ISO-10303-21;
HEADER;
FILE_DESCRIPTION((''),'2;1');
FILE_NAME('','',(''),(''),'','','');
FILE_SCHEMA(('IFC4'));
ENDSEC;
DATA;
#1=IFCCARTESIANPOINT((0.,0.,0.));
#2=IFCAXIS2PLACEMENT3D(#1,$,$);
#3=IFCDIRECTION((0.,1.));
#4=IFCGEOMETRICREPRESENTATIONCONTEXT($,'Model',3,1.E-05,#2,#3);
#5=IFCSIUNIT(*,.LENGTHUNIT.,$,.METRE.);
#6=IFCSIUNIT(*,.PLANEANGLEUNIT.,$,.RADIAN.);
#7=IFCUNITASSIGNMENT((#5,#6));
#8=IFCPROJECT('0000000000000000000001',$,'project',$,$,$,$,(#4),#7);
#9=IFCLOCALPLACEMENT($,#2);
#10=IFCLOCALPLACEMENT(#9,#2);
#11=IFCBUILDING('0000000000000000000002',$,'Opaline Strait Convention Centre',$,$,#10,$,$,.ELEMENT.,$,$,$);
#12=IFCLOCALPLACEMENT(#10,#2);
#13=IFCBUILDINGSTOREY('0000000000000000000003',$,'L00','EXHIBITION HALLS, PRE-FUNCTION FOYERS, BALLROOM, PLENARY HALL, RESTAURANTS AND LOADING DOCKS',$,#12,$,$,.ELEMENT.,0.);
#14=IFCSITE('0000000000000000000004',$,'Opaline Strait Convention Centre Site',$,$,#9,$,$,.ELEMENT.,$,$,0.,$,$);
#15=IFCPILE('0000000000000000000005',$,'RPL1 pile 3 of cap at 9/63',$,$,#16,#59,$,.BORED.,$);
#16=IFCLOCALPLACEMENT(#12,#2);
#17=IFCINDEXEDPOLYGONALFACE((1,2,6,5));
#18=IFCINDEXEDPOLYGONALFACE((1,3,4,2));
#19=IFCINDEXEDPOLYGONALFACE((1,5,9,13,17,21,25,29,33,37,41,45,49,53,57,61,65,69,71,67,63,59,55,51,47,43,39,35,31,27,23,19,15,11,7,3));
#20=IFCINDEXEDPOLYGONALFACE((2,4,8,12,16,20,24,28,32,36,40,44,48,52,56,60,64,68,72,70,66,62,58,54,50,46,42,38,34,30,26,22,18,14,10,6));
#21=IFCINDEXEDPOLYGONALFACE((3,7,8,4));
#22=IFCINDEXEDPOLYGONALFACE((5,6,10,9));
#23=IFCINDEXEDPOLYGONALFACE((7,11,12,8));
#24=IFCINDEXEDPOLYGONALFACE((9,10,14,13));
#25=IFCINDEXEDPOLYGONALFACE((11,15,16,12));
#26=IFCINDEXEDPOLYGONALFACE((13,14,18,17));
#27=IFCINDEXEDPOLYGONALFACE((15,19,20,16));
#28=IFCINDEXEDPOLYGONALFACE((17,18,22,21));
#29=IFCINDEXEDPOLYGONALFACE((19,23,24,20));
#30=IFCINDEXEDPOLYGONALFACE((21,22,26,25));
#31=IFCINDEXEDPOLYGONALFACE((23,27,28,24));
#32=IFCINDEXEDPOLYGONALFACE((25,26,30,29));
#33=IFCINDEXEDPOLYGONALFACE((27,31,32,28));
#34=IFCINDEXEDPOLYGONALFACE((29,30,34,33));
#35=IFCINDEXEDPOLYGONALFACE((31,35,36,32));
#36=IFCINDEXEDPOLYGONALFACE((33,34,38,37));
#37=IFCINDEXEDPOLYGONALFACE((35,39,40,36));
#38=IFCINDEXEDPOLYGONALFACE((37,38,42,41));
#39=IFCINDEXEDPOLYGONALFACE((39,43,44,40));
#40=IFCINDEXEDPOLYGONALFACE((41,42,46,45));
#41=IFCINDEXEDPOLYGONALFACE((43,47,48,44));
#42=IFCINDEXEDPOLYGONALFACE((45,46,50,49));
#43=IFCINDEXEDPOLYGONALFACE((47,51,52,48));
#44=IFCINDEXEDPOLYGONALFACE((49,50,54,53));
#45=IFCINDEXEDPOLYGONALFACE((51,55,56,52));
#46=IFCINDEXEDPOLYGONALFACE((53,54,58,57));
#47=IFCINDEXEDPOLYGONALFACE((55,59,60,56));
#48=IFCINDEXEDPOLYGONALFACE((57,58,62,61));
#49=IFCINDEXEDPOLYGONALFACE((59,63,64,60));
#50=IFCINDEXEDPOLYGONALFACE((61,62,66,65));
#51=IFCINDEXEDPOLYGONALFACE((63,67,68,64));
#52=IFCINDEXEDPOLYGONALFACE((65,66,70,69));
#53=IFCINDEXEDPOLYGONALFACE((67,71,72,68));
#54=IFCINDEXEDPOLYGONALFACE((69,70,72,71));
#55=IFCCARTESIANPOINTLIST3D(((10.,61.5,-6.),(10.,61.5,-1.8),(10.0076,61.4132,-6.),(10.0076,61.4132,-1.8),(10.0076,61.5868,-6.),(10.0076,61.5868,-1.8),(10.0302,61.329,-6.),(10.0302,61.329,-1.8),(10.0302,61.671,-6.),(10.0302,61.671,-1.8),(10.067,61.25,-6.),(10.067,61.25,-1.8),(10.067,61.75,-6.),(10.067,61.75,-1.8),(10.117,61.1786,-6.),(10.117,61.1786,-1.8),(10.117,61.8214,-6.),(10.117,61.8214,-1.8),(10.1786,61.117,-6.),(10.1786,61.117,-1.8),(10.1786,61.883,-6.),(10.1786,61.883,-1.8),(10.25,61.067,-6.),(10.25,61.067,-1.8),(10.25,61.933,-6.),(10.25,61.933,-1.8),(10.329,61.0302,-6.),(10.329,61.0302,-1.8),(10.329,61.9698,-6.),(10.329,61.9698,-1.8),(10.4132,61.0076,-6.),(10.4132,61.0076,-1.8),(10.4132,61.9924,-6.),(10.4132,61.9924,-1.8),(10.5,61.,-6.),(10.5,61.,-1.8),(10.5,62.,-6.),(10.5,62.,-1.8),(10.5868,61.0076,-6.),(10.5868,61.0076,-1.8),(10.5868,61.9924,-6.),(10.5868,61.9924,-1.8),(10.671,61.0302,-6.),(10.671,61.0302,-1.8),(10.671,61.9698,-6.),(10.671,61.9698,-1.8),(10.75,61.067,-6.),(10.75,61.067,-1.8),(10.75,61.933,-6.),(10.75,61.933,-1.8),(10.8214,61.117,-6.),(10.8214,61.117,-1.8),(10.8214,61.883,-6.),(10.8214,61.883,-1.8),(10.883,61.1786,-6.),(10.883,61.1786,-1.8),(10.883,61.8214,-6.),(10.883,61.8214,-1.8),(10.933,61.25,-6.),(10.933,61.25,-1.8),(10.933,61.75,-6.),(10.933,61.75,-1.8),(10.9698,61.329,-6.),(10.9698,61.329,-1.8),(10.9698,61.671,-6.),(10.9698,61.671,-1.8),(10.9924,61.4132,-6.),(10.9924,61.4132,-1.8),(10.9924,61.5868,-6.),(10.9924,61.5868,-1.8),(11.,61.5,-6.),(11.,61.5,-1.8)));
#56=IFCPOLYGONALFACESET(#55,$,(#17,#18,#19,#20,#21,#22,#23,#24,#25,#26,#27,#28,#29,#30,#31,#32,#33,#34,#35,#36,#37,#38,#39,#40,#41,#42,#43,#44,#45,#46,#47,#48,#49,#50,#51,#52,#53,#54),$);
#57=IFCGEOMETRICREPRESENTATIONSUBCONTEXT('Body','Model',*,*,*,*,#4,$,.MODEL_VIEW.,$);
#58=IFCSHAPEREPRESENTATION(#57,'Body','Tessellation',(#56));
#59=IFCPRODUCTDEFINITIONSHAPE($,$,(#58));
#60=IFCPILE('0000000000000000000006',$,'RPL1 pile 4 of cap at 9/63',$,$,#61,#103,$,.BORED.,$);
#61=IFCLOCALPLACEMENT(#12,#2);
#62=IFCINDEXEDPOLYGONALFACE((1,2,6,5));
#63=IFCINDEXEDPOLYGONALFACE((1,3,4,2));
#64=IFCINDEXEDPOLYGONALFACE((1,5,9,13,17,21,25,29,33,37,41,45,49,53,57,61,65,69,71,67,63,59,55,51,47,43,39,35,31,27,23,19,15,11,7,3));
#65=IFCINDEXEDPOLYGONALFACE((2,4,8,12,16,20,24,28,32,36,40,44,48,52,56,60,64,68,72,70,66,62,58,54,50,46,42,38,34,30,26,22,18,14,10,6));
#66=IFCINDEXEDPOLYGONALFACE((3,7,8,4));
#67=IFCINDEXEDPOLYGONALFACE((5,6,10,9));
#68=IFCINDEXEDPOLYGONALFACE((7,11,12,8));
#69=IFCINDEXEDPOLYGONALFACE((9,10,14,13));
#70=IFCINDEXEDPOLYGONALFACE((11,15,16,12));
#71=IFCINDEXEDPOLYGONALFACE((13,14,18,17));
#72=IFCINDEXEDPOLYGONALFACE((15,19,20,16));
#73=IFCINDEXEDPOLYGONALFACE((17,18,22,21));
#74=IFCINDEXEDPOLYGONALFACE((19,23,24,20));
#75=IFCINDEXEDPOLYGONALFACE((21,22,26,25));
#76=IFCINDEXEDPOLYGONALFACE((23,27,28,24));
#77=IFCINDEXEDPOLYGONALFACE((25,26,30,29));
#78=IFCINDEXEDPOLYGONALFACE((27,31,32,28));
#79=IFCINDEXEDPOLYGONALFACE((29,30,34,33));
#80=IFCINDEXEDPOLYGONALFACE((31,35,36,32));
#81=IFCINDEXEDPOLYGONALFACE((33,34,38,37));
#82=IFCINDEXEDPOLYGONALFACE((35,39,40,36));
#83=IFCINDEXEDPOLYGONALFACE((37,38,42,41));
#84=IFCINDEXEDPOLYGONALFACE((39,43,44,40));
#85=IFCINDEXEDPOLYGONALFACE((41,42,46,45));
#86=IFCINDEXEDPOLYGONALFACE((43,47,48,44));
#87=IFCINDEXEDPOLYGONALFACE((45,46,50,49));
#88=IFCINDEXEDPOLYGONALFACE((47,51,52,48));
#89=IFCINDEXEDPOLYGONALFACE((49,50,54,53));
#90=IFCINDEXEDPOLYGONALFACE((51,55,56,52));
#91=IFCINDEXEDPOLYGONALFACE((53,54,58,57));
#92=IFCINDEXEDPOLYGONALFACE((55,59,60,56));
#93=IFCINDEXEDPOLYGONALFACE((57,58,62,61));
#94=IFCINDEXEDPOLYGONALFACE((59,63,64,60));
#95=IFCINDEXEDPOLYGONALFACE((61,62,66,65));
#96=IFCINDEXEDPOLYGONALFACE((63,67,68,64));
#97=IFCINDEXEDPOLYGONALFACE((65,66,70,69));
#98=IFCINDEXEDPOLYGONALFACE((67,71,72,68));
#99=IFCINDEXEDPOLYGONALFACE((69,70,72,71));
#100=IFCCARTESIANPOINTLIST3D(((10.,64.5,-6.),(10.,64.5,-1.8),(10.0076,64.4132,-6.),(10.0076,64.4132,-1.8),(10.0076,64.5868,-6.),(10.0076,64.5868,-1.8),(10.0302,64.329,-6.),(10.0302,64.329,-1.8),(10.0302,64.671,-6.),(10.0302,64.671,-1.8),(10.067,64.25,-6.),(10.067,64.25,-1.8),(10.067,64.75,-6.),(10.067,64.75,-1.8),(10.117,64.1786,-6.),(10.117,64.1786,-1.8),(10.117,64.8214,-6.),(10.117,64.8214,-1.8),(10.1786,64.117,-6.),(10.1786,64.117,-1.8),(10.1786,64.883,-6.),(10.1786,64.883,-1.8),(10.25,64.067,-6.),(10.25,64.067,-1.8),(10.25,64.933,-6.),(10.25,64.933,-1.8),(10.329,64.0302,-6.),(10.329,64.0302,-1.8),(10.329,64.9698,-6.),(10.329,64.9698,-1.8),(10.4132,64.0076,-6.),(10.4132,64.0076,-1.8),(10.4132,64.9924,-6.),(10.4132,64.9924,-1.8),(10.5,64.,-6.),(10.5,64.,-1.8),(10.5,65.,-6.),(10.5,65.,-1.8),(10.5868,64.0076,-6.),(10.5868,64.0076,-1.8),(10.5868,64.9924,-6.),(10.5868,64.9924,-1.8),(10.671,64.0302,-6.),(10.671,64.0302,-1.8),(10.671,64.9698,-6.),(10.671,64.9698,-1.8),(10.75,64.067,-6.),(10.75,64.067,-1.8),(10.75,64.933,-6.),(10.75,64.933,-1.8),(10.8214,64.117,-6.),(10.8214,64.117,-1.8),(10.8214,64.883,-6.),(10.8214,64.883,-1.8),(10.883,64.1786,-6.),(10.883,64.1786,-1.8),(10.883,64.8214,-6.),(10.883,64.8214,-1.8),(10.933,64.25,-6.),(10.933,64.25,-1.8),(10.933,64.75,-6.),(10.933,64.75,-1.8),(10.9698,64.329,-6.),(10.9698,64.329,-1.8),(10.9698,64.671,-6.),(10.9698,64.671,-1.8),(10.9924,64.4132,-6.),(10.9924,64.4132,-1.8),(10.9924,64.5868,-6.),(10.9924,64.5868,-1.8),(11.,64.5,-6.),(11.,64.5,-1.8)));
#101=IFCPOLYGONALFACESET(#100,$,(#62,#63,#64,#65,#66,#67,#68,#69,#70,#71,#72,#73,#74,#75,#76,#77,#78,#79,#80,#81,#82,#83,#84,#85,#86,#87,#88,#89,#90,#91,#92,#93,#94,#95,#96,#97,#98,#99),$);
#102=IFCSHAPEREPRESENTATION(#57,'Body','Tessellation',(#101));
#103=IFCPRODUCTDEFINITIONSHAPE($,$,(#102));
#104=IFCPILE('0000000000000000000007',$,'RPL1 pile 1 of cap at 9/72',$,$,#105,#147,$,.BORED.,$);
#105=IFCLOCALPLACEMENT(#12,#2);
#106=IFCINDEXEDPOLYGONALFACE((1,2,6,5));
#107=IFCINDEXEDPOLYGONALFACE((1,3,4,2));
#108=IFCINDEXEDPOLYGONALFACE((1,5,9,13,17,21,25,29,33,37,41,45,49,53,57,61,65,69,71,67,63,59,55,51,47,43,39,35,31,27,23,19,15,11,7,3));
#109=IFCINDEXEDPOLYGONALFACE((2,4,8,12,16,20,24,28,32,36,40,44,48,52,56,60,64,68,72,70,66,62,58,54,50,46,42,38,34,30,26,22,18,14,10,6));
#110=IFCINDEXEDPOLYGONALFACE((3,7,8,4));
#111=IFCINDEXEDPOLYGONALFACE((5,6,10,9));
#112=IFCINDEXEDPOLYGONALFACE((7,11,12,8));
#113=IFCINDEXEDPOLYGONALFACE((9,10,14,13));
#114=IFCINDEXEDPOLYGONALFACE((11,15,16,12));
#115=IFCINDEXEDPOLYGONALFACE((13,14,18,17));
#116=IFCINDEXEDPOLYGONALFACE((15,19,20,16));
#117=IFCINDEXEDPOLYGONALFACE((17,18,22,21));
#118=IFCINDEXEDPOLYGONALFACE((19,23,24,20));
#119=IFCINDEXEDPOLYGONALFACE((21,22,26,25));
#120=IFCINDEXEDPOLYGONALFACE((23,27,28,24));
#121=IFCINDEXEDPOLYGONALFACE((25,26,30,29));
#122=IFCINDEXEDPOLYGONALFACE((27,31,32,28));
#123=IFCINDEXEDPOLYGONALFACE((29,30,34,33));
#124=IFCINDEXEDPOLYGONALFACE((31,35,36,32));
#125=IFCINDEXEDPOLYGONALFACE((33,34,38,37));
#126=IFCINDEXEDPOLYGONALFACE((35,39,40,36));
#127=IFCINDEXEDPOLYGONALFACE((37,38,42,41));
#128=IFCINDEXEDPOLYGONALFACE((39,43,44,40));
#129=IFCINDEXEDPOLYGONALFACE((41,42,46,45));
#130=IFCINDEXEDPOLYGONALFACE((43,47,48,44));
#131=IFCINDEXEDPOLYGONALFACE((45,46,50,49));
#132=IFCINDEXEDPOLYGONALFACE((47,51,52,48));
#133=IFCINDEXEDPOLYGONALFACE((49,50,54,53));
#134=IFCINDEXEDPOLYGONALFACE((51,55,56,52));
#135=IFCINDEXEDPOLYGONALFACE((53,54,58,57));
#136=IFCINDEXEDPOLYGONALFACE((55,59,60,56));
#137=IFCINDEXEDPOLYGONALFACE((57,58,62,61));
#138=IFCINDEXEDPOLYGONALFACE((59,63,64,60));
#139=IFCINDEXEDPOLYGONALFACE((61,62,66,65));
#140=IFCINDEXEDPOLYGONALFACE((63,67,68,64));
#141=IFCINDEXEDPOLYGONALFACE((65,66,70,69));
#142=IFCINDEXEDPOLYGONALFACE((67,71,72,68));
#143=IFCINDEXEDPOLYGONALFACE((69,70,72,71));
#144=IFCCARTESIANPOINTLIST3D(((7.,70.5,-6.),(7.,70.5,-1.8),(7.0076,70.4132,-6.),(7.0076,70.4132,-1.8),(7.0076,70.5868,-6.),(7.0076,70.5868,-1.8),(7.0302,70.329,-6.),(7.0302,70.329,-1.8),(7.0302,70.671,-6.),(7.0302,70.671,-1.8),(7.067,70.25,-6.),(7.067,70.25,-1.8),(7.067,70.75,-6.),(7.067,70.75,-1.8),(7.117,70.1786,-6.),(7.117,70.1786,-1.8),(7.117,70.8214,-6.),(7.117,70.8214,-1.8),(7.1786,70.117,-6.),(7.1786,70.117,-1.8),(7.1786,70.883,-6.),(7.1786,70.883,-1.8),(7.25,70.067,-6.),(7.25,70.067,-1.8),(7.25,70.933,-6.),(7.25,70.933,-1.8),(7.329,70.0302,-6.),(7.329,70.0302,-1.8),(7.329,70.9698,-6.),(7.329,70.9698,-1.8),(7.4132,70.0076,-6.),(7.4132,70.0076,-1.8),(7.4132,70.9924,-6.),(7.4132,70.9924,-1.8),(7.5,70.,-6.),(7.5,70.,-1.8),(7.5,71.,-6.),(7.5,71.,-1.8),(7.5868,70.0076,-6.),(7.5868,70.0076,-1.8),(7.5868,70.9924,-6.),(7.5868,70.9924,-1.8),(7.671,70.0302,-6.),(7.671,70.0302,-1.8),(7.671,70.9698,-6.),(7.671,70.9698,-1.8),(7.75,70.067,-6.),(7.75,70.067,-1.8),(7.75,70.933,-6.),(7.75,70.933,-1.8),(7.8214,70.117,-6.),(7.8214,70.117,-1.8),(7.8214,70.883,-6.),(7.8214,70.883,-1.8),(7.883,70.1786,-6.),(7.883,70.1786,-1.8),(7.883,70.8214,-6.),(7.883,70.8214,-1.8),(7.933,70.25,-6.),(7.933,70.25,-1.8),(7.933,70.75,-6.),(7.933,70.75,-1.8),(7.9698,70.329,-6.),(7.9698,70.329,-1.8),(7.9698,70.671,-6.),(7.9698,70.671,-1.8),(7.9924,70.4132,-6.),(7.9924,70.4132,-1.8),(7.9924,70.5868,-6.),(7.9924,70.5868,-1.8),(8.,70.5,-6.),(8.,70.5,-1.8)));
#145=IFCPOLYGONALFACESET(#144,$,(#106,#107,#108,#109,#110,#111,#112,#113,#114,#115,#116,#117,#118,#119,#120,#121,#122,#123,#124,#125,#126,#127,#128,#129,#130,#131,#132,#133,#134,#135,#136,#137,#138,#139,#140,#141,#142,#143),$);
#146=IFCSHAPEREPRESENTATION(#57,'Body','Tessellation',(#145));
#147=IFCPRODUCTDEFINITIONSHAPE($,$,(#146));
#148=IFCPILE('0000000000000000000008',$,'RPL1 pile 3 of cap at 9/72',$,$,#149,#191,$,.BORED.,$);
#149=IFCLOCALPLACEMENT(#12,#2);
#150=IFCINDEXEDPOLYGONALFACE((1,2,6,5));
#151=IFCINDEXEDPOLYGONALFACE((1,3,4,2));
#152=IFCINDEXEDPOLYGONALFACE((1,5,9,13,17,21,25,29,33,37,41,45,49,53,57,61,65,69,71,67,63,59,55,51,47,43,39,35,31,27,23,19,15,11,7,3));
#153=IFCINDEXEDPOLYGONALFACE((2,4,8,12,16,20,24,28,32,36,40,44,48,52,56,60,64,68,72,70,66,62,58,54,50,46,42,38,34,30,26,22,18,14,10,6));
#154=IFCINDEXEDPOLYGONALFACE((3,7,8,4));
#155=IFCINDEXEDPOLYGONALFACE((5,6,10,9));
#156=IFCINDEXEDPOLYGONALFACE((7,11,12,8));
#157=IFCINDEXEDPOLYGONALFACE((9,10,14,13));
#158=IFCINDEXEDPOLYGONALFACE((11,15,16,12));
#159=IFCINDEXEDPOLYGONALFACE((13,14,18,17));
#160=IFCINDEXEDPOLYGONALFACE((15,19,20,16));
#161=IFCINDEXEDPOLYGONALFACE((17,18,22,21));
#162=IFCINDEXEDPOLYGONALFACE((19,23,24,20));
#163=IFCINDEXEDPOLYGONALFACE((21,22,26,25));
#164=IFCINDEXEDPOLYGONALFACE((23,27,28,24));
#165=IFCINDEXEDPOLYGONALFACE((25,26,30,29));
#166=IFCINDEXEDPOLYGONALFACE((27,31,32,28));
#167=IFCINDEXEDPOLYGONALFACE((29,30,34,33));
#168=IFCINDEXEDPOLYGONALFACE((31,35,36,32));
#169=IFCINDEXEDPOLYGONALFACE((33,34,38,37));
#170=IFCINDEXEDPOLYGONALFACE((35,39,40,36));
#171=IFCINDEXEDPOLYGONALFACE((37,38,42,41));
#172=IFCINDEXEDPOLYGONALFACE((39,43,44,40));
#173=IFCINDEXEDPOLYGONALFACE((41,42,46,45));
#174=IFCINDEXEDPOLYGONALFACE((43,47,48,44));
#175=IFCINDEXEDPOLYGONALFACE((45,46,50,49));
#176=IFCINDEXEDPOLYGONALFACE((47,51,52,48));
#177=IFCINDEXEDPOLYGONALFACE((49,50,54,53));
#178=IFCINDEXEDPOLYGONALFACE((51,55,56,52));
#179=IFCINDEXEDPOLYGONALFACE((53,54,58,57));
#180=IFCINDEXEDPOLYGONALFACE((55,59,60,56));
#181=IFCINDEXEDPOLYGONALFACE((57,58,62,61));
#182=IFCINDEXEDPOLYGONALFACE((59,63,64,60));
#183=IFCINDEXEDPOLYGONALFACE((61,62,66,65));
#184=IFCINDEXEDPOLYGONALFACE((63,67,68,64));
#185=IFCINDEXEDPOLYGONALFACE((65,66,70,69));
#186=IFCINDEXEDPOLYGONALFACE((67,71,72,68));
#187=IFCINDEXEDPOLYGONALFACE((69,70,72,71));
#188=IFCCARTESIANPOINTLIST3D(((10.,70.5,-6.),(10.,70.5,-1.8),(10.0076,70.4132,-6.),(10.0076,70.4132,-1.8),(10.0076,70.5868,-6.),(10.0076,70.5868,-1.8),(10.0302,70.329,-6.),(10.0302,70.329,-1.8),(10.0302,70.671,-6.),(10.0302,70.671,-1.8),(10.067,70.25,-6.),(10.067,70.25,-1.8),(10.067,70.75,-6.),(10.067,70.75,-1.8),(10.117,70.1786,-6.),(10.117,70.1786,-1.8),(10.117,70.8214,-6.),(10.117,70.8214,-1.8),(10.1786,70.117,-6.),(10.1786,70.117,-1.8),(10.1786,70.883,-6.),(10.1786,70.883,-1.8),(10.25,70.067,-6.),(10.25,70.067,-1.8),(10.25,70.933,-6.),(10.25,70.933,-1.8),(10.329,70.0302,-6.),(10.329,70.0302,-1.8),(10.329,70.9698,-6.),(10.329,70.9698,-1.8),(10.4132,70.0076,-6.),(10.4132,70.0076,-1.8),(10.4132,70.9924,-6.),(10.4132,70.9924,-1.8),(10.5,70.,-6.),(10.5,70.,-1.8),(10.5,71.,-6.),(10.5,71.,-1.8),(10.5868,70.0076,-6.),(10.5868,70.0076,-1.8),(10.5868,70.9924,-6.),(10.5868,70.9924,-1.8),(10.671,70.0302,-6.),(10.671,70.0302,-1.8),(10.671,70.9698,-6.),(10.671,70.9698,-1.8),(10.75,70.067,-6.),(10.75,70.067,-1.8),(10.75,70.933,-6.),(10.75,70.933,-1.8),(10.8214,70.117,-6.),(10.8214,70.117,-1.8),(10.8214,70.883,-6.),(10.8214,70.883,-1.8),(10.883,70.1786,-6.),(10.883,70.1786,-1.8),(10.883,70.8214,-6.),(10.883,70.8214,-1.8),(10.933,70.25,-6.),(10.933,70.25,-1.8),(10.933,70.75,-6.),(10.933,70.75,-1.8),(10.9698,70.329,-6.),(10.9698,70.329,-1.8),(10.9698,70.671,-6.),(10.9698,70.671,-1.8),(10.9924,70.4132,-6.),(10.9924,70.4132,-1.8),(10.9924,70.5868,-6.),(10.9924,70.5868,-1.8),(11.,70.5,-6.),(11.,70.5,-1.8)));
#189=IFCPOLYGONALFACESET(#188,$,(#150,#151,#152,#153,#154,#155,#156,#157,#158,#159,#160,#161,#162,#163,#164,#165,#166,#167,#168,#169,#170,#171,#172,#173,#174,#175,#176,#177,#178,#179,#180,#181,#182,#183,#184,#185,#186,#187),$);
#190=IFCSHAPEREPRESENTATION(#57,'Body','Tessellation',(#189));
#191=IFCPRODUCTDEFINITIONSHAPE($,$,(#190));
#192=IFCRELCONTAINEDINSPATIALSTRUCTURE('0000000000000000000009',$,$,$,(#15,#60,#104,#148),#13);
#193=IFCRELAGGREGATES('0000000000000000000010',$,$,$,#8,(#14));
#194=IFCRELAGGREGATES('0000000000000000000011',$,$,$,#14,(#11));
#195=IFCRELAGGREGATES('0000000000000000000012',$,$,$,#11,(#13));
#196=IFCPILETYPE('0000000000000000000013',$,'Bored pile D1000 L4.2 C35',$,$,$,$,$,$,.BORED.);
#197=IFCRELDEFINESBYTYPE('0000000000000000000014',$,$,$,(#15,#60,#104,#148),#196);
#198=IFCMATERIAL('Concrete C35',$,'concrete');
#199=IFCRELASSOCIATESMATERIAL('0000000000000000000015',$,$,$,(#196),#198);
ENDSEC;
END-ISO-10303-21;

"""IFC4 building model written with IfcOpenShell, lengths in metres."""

from ifc_helpers import new_model, si_unit, direction, frame, origin, origin_2d, place, context, subcontext, project, spatial, circle, extrude, material, material_profile, profile_set, type_object, element, save


model = new_model("IFC4")

# Units and contexts
model_context = context("Model", 3, precision=1e-05, world=origin(), true_north=direction((0.0, 1.0)))
body_context = subcontext(model_context, "Body", "Model", "MODEL_VIEW")
ifc_project = project(units=[si_unit("LENGTHUNIT", "METRE"), si_unit("PLANEANGLEUNIT", "RADIAN")], contexts=[model_context])

# Site, building, storey
site_placement = place(None, origin())
site = spatial("IfcSite", under=ifc_project, at=site_placement, Name="Opaline Strait Convention Centre Site", CompositionType="ELEMENT", RefElevation=0.0)
building_placement = place(site_placement, origin())
building = spatial("IfcBuilding", under=site, at=building_placement, Name="Opaline Strait Convention Centre", CompositionType="ELEMENT")
storey_placement = place(building_placement, origin())
storey = spatial("IfcBuildingStorey", under=building, at=storey_placement, Name="L00", Description="EXHIBITION HALLS, PRE-FUNCTION FOYERS, BALLROOM, PLENARY HALL, RESTAURANTS AND LOADING DOCKS", CompositionType="ELEMENT", Elevation=0.0)

# Piles
ifc_material_1 = material(Name="Concrete C35", Category="concrete")
ifc_material_profile_1 = material_profile(ifc_material_1, circle(Radius=0.5, at=origin_2d()), Name="D1000")
ifc_profile_set_1 = profile_set([ifc_material_profile_1], Name="Concrete C35")
pile_type = type_object("IfcPileType", Name="Bored pile D1000 L4.2 C35", PredefinedType="BORED", material=ifc_profile_set_1)
for number, where, z_axis, x_axis, name in (
    (1, (10.5, 61.5, -1.8), (0.0, 0.0, -1.0), (1.0, 0.0, 0.0), "RPL1 pile 3 of cap at 9/63"),
    (2, (10.5, 64.5, -1.8), (0.0, 0.0, -1.0), (1.0, 0.0, 0.0), "RPL1 pile 4 of cap at 9/63"),
    (3, (7.5, 70.5, -1.8), (0.0, 0.0, -1.0), (1.0, 0.0, 0.0), "RPL1 pile 1 of cap at 9/72"),
    (4, (10.5, 70.5, -1.8), (0.0, 0.0, -1.0), (1.0, 0.0, 0.0), "RPL1 pile 3 of cap at 9/72"),
):
    element("IfcPile", number, at=place(storey_placement, frame(where, z_axis=z_axis, x_axis=x_axis)), inside=storey, type_object=pile_type, Name=name, PredefinedType="BORED", context=body_context, shape_type="SweptSolid", body=[
        extrude(circle(Radius=0.5, at=origin_2d()), origin(), (0.0, 0.0, 1.0), 4.2),
    ])

save(model, "model.ifc")
